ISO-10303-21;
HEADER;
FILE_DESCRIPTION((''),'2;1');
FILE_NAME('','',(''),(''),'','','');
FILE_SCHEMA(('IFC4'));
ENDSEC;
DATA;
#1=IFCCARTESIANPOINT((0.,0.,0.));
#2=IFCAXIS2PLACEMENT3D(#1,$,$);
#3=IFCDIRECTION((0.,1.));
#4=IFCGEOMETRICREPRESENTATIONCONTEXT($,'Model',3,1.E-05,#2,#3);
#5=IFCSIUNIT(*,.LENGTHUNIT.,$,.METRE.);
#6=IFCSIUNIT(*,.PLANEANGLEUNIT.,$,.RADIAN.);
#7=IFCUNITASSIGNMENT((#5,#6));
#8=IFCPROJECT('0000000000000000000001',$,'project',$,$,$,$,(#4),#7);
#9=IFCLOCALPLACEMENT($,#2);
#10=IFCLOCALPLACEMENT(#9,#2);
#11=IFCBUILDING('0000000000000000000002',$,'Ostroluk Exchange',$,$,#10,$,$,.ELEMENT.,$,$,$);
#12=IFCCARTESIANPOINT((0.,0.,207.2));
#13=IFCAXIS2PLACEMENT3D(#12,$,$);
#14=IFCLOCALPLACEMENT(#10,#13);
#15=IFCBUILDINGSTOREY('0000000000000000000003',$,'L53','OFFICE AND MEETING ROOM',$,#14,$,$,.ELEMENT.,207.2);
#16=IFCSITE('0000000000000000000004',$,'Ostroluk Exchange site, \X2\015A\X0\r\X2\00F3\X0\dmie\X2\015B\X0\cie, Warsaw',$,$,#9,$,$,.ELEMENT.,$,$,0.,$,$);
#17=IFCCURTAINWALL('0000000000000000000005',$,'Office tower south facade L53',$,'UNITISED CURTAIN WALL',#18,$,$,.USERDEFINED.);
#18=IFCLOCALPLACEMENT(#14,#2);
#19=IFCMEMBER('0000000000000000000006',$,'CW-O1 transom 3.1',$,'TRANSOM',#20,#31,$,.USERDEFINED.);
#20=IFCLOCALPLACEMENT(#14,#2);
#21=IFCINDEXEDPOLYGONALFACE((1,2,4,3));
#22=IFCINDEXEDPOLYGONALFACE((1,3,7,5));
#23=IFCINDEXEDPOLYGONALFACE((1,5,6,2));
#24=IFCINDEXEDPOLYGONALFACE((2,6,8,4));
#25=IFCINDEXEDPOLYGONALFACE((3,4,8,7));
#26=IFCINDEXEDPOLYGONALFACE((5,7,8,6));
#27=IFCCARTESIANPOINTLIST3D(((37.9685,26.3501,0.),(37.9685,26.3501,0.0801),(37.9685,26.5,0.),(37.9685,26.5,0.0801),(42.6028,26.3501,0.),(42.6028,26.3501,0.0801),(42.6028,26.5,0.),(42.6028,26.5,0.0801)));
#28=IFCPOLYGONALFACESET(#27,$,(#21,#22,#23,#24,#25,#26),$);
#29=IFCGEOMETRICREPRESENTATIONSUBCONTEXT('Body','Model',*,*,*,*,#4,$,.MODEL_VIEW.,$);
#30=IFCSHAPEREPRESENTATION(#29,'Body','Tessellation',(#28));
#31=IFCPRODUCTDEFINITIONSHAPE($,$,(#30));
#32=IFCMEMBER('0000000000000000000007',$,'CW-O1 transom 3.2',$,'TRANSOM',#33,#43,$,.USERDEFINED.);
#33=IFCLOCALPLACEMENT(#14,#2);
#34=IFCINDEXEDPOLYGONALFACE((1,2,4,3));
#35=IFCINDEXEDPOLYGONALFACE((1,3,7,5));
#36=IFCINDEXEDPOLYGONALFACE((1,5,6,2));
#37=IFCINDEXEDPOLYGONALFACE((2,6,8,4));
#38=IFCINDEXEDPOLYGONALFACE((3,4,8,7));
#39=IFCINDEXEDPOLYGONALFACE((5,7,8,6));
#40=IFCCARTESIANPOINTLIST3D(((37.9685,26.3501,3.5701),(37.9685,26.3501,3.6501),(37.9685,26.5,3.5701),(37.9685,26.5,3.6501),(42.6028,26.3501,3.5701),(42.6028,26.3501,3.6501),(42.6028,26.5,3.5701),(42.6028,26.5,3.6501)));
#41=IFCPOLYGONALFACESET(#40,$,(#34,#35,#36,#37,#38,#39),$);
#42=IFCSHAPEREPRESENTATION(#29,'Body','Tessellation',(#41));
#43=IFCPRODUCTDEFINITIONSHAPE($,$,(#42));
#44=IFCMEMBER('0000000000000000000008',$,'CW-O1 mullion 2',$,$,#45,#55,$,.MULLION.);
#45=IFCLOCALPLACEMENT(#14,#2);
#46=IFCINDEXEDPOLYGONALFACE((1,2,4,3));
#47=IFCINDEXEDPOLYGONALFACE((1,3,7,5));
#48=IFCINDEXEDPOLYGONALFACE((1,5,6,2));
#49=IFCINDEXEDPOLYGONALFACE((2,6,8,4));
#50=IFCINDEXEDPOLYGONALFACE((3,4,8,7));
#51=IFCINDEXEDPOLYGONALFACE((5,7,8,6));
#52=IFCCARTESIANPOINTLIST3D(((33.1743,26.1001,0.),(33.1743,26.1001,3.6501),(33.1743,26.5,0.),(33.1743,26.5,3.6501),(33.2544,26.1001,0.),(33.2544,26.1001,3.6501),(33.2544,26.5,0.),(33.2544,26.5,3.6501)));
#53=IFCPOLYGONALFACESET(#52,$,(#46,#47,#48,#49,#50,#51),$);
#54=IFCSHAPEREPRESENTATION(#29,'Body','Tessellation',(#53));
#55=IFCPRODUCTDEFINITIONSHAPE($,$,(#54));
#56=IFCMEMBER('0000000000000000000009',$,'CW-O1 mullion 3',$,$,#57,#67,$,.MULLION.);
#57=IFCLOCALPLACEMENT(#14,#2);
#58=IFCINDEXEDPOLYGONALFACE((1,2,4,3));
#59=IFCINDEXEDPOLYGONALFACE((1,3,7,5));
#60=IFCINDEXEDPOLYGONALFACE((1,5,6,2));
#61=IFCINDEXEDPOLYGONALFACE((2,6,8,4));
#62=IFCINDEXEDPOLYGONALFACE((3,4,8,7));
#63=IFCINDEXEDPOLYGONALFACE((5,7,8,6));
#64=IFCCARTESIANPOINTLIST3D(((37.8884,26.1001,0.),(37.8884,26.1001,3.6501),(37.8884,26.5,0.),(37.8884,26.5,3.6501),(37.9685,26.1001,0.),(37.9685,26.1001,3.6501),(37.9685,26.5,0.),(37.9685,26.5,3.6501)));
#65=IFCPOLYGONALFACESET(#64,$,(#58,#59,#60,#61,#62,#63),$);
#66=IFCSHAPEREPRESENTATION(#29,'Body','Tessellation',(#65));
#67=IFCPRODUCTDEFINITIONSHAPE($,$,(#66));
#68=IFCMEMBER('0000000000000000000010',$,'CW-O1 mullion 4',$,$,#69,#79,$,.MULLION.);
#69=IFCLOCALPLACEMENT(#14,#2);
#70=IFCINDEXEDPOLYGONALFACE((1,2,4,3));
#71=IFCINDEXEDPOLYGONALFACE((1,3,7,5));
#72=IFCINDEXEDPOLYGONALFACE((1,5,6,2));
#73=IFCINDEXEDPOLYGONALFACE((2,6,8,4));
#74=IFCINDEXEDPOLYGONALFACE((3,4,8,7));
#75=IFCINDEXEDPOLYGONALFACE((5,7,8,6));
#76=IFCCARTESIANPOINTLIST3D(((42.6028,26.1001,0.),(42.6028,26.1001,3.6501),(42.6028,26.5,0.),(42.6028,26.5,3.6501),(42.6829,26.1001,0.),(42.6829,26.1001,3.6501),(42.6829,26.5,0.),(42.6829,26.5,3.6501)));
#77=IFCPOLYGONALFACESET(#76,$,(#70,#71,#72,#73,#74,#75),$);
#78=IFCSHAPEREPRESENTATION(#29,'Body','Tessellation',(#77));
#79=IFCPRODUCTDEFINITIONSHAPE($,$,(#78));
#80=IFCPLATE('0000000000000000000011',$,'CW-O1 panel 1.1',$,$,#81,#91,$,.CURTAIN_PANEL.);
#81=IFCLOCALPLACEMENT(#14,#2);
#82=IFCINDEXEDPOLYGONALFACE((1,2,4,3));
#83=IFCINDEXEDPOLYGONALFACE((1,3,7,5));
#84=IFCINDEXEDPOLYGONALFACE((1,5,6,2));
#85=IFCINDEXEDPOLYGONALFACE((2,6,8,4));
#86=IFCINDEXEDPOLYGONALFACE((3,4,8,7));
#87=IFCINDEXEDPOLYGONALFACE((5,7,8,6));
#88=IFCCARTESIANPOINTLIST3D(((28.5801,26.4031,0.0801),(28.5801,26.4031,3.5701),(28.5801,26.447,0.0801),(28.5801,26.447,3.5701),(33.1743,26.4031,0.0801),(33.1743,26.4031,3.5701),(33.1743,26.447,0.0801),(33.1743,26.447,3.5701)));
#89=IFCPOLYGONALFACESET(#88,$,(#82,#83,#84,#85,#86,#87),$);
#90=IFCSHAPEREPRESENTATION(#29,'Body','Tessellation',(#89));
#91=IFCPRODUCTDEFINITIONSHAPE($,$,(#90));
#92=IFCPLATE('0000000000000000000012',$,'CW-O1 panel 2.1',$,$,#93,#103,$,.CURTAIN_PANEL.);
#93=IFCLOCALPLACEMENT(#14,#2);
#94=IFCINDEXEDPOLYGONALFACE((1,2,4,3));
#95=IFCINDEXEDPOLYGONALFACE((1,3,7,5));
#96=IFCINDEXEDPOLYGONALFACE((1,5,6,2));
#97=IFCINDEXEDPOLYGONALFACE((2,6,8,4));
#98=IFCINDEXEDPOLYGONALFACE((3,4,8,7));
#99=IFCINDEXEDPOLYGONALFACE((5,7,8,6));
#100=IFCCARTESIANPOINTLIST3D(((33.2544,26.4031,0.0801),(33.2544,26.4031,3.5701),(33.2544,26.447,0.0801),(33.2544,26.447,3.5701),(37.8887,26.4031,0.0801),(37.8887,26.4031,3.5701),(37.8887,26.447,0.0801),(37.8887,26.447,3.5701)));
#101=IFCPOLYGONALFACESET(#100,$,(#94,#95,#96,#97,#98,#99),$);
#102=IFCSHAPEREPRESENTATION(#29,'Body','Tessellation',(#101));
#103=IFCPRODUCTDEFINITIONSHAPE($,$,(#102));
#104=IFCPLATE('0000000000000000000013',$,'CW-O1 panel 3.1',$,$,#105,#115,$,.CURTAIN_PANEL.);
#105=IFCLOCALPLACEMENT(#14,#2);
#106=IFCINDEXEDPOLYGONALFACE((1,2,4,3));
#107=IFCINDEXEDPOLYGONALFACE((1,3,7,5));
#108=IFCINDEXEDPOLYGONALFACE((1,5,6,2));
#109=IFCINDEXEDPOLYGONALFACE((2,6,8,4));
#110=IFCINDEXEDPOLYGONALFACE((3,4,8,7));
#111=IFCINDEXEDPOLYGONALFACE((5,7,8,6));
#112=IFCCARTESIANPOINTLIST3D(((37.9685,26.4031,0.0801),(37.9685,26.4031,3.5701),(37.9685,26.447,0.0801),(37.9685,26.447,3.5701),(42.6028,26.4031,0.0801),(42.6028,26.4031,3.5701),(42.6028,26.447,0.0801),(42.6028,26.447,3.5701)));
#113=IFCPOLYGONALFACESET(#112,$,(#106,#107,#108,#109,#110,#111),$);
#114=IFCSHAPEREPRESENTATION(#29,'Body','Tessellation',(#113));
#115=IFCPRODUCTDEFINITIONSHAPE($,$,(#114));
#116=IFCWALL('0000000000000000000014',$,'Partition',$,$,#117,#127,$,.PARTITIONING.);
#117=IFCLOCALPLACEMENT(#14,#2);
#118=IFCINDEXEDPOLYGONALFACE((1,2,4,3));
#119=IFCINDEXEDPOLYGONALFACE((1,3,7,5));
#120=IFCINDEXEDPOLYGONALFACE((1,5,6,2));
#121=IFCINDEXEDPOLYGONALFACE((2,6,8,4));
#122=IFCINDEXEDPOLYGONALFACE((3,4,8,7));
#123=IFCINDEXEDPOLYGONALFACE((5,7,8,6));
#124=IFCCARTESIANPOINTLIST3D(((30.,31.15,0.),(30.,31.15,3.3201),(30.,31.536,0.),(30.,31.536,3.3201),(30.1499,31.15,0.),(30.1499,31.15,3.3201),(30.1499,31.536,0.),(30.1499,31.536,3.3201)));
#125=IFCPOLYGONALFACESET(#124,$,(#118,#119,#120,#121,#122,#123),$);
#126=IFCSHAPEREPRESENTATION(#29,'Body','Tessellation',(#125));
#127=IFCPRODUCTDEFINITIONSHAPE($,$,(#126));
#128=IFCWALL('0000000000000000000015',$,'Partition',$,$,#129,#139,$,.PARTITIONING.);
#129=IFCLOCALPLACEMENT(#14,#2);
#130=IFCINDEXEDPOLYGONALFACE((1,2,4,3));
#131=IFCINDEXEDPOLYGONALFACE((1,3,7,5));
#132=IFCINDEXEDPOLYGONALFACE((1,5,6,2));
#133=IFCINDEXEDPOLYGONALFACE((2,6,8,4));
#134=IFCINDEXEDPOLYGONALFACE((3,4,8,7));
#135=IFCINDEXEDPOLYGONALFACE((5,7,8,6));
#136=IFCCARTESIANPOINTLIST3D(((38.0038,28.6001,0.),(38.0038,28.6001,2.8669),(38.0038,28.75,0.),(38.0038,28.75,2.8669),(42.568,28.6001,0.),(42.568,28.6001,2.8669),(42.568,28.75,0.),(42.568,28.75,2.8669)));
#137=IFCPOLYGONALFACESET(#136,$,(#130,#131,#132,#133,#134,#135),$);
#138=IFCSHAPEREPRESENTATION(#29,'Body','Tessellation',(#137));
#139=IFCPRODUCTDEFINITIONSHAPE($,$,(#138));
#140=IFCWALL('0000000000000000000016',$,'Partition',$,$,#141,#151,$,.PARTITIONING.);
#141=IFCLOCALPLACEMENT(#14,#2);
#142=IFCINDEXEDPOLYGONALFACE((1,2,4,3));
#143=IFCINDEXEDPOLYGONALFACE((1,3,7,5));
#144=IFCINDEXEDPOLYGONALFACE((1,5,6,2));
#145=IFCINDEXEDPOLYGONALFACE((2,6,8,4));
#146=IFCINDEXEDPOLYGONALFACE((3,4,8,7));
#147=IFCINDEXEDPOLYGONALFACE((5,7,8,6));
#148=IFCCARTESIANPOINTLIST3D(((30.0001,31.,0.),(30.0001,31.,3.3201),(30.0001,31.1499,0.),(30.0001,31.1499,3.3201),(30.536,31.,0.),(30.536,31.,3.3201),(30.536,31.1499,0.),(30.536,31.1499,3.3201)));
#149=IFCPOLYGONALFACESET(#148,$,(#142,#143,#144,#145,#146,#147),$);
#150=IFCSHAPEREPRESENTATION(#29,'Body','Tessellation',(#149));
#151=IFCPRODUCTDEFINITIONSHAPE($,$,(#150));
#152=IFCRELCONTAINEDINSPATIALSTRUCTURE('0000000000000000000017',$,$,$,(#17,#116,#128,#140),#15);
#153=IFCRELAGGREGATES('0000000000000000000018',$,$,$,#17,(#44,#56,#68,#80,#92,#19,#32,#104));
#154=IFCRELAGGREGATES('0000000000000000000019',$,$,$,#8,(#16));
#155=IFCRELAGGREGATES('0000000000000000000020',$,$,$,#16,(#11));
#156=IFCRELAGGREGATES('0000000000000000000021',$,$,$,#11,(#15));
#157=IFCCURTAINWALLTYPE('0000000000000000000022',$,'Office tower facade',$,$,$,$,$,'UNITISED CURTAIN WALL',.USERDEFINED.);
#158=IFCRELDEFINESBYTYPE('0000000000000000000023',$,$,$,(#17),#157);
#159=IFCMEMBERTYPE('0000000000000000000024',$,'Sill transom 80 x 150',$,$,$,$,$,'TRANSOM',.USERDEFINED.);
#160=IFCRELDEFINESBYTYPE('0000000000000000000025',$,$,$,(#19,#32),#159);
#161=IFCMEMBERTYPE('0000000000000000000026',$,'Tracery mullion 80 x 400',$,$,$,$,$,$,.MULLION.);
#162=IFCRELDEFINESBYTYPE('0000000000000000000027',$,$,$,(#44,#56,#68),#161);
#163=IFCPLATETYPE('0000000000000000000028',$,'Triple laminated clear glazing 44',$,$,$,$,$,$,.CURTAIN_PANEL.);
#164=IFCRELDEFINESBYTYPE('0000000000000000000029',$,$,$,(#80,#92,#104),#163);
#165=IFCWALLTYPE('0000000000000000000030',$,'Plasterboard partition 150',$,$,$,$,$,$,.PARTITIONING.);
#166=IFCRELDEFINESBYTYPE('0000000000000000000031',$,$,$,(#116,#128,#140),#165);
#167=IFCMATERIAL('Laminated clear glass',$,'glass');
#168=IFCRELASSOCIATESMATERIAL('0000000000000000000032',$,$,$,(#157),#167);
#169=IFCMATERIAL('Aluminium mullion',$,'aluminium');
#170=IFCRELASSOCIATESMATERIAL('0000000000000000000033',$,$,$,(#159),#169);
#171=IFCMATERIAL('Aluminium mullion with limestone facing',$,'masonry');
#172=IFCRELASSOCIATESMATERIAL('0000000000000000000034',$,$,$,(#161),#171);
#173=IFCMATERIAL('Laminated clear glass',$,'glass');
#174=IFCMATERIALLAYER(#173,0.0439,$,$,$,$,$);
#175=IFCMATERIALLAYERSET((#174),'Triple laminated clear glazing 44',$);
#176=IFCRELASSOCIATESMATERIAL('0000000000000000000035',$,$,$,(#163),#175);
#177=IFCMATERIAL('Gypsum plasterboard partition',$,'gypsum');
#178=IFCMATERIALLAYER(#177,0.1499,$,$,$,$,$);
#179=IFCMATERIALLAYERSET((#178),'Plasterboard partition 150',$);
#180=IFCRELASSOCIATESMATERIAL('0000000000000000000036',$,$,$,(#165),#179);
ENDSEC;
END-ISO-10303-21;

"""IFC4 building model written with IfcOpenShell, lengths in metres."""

from ifc_helpers import new_model, si_unit, direction, frame, frame_2d, origin, origin_2d, place, context, subcontext, project, spatial, rectangle, extrude, material, layer, layer_set, material_profile, profile_set, type_object, element, aggregate, save


model = new_model("IFC4")

# Units and contexts
model_context = context("Model", 3, precision=1e-05, world=origin(), true_north=direction((0.0, 1.0)))
body_context = subcontext(model_context, "Body", "Model", "MODEL_VIEW")
ifc_project = project(units=[si_unit("LENGTHUNIT", "METRE"), si_unit("PLANEANGLEUNIT", "RADIAN")], contexts=[model_context])

# Site, building, storey
site_placement = place(None, origin())
site = spatial("IfcSite", under=ifc_project, at=site_placement, Name="Ostroluk Exchange site, Śródmieście, Warsaw", CompositionType="ELEMENT", RefElevation=0.0)
building_placement = place(site_placement, origin())
building = spatial("IfcBuilding", under=site, at=building_placement, Name="Ostroluk Exchange", CompositionType="ELEMENT")
storey_placement = place(building_placement, frame((0.0, 0.0, 207.2)))
storey = spatial("IfcBuildingStorey", under=building, at=storey_placement, Name="L53", Description="OFFICE AND MEETING ROOM", CompositionType="ELEMENT", Elevation=207.2)

# Curtain wall, members, plates
ifc_material_1 = material(Name="Laminated clear glass", Category="glass")
curtain_wall_type = type_object("IfcCurtainWallType", Name="Office tower facade", ElementType="UNITISED CURTAIN WALL", PredefinedType="USERDEFINED", material=ifc_material_1)
curtain_wall_placement = place(storey_placement, origin())
curtain_wall = element("IfcCurtainWall", 1, at=curtain_wall_placement, inside=storey, type_object=curtain_wall_type, Name="Office tower south facade L53", ObjectType="UNITISED CURTAIN WALL", PredefinedType="USERDEFINED")
ifc_material_2 = material(Name="Aluminium mullion", Category="aluminium")
ifc_material_profile_1 = material_profile(ifc_material_2, rectangle(XDim=0.1499, YDim=0.0801, at=origin_2d()), Name="Sill transom 80 x 150")
ifc_profile_set_1 = profile_set([ifc_material_profile_1], Name="Aluminium mullion")
member_type_1 = type_object("IfcMemberType", Name="Sill transom 80 x 150", ElementType="TRANSOM", PredefinedType="USERDEFINED", material=ifc_profile_set_1)
member_1_placement = place(storey_placement, frame((37.9685, 26.425, 0.04), z_axis=(1.0, 0.0, 0.0), x_axis=(0.0, 1.0, 0.0)))
member_1 = element("IfcMember", 2, at=member_1_placement, type_object=member_type_1, Name="CW-O1 transom 3.1", ObjectType="TRANSOM", PredefinedType="USERDEFINED", context=body_context, shape_type="SweptSolid", body=[
    extrude(rectangle(XDim=0.1499, YDim=0.0801, at=origin_2d()), origin(), (0.0, 0.0, 1.0), 4.6343),
])
member_2_placement = place(storey_placement, frame((37.9685, 26.425, 3.6101), z_axis=(1.0, 0.0, 0.0), x_axis=(0.0, 1.0, 0.0)))
member_2 = element("IfcMember", 3, at=member_2_placement, type_object=member_type_1, Name="CW-O1 transom 3.2", ObjectType="TRANSOM", PredefinedType="USERDEFINED", context=body_context, shape_type="SweptSolid", body=[
    extrude(rectangle(XDim=0.1499, YDim=0.0801, at=origin_2d()), origin(), (0.0, 0.0, 1.0), 4.6343),
])
ifc_material_3 = material(Name="Aluminium mullion with limestone facing", Category="masonry")
ifc_material_profile_2 = material_profile(ifc_material_3, rectangle(XDim=0.3999, YDim=0.0801, at=origin_2d()), Name="Tracery mullion 80 x 400")
ifc_profile_set_2 = profile_set([ifc_material_profile_2], Name="Aluminium mullion with limestone facing")
member_type_2 = type_object("IfcMemberType", Name="Tracery mullion 80 x 400", PredefinedType="MULLION", material=ifc_profile_set_2)
member_3_placement = place(storey_placement, frame((33.2144, 26.3, 0.0), z_axis=(0.0, 0.0, 1.0), x_axis=(0.0, 1.0, 0.0)))
member_3 = element("IfcMember", 4, at=member_3_placement, type_object=member_type_2, Name="CW-O1 mullion 2", PredefinedType="MULLION", context=body_context, shape_type="SweptSolid", body=[
    extrude(rectangle(XDim=0.3999, YDim=0.0801, at=origin_2d()), origin(), (0.0, 0.0, 1.0), 3.6501),
])
member_4_placement = place(storey_placement, frame((37.9285, 26.3, 0.0), z_axis=(0.0, 0.0, 1.0), x_axis=(0.0, 1.0, 0.0)))
member_4 = element("IfcMember", 5, at=member_4_placement, type_object=member_type_2, Name="CW-O1 mullion 3", PredefinedType="MULLION", context=body_context, shape_type="SweptSolid", body=[
    extrude(rectangle(XDim=0.3999, YDim=0.0801, at=origin_2d()), origin(), (0.0, 0.0, 1.0), 3.6501),
])
member_5_placement = place(storey_placement, frame((42.6428, 26.3, 0.0), z_axis=(0.0, 0.0, 1.0), x_axis=(0.0, 1.0, 0.0)))
member_5 = element("IfcMember", 6, at=member_5_placement, type_object=member_type_2, Name="CW-O1 mullion 4", PredefinedType="MULLION", context=body_context, shape_type="SweptSolid", body=[
    extrude(rectangle(XDim=0.3999, YDim=0.0801, at=origin_2d()), origin(), (0.0, 0.0, 1.0), 3.6501),
])
ifc_material_4 = material(Name="Laminated clear glass", Category="glass")
ifc_layer_1 = layer(ifc_material_4, 0.0439)
ifc_layer_set_1 = layer_set([ifc_layer_1], Name="Triple laminated clear glazing 44")
plate_type = type_object("IfcPlateType", Name="Triple laminated clear glazing 44", PredefinedType="CURTAIN_PANEL", material=ifc_layer_set_1)
plate_1_placement = place(storey_placement, frame((30.8772, 26.425, 0.0801), z_axis=(0.0, 0.0, 1.0), x_axis=(1.0, 0.0, 0.0)))
plate_1 = element("IfcPlate", 7, at=plate_1_placement, type_object=plate_type, Name="CW-O1 panel 1.1", PredefinedType="CURTAIN_PANEL", context=body_context, shape_type="SweptSolid", body=[
    extrude(rectangle(XDim=4.5942, YDim=0.0439, at=origin_2d()), origin(), (0.0, 0.0, 1.0), 3.49),
])
plate_2_placement = place(storey_placement, frame((35.5715, 26.425, 0.0801), z_axis=(0.0, 0.0, 1.0), x_axis=(1.0, 0.0, 0.0)))
plate_2 = element("IfcPlate", 8, at=plate_2_placement, type_object=plate_type, Name="CW-O1 panel 2.1", PredefinedType="CURTAIN_PANEL", context=body_context, shape_type="SweptSolid", body=[
    extrude(rectangle(XDim=4.6343, YDim=0.0439, at=origin_2d()), origin(), (0.0, 0.0, 1.0), 3.49),
])
plate_3_placement = place(storey_placement, frame((40.2856, 26.425, 0.0801), z_axis=(0.0, 0.0, 1.0), x_axis=(1.0, 0.0, 0.0)))
plate_3 = element("IfcPlate", 9, at=plate_3_placement, type_object=plate_type, Name="CW-O1 panel 3.1", PredefinedType="CURTAIN_PANEL", context=body_context, shape_type="SweptSolid", body=[
    extrude(rectangle(XDim=4.6343, YDim=0.0439, at=origin_2d()), origin(), (0.0, 0.0, 1.0), 3.49),
])
aggregate(curtain_wall, [member_3, member_4, member_5, plate_1, plate_2, member_1, member_2, plate_3])

# Walls
ifc_material_5 = material(Name="Gypsum plasterboard partition", Category="gypsum")
ifc_layer_2 = layer(ifc_material_5, 0.1499)
ifc_layer_set_2 = layer_set([ifc_layer_2], Name="Plasterboard partition 150")
wall_type = type_object("IfcWallType", Name="Plasterboard partition 150", PredefinedType="PARTITIONING", material=ifc_layer_set_2)
wall_1_placement = place(storey_placement, frame((30.075, 31.5359, 0.0), z_axis=(0.0, 0.0, 1.0), x_axis=(0.0, -1.0, 0.0)))
element("IfcWall", 10, at=wall_1_placement, inside=storey, type_object=wall_type, Name="Partition", PredefinedType="PARTITIONING", context=body_context, shape_type="SweptSolid", body=[
    extrude(rectangle(XDim=0.386, YDim=0.1499, at=frame_2d((0.1929, 0.0))), origin(), (0.0, 0.0, 1.0), 3.3201),
])
wall_2_placement = place(storey_placement, frame((38.0037, 28.675, 0.0), z_axis=(0.0, 0.0, 1.0), x_axis=(1.0, 0.0, 0.0)))
element("IfcWall", 11, at=wall_2_placement, inside=storey, type_object=wall_type, Name="Partition", PredefinedType="PARTITIONING", context=body_context, shape_type="SweptSolid", body=[
    extrude(rectangle(XDim=4.5642, YDim=0.1499, at=frame_2d((2.2822, 0.0))), origin(), (0.0, 0.0, 1.0), 2.8669),
])
wall_3_placement = place(storey_placement, frame((30.0, 31.075, 0.0), z_axis=(0.0, 0.0, 1.0), x_axis=(1.0, 0.0, 0.0)))
element("IfcWall", 12, at=wall_3_placement, inside=storey, type_object=wall_type, Name="Partition", PredefinedType="PARTITIONING", context=body_context, shape_type="SweptSolid", body=[
    extrude(rectangle(XDim=0.5359, YDim=0.1499, at=frame_2d((0.2681, 0.0))), origin(), (0.0, 0.0, 1.0), 3.3201),
])

save(model, "model.ifc")
